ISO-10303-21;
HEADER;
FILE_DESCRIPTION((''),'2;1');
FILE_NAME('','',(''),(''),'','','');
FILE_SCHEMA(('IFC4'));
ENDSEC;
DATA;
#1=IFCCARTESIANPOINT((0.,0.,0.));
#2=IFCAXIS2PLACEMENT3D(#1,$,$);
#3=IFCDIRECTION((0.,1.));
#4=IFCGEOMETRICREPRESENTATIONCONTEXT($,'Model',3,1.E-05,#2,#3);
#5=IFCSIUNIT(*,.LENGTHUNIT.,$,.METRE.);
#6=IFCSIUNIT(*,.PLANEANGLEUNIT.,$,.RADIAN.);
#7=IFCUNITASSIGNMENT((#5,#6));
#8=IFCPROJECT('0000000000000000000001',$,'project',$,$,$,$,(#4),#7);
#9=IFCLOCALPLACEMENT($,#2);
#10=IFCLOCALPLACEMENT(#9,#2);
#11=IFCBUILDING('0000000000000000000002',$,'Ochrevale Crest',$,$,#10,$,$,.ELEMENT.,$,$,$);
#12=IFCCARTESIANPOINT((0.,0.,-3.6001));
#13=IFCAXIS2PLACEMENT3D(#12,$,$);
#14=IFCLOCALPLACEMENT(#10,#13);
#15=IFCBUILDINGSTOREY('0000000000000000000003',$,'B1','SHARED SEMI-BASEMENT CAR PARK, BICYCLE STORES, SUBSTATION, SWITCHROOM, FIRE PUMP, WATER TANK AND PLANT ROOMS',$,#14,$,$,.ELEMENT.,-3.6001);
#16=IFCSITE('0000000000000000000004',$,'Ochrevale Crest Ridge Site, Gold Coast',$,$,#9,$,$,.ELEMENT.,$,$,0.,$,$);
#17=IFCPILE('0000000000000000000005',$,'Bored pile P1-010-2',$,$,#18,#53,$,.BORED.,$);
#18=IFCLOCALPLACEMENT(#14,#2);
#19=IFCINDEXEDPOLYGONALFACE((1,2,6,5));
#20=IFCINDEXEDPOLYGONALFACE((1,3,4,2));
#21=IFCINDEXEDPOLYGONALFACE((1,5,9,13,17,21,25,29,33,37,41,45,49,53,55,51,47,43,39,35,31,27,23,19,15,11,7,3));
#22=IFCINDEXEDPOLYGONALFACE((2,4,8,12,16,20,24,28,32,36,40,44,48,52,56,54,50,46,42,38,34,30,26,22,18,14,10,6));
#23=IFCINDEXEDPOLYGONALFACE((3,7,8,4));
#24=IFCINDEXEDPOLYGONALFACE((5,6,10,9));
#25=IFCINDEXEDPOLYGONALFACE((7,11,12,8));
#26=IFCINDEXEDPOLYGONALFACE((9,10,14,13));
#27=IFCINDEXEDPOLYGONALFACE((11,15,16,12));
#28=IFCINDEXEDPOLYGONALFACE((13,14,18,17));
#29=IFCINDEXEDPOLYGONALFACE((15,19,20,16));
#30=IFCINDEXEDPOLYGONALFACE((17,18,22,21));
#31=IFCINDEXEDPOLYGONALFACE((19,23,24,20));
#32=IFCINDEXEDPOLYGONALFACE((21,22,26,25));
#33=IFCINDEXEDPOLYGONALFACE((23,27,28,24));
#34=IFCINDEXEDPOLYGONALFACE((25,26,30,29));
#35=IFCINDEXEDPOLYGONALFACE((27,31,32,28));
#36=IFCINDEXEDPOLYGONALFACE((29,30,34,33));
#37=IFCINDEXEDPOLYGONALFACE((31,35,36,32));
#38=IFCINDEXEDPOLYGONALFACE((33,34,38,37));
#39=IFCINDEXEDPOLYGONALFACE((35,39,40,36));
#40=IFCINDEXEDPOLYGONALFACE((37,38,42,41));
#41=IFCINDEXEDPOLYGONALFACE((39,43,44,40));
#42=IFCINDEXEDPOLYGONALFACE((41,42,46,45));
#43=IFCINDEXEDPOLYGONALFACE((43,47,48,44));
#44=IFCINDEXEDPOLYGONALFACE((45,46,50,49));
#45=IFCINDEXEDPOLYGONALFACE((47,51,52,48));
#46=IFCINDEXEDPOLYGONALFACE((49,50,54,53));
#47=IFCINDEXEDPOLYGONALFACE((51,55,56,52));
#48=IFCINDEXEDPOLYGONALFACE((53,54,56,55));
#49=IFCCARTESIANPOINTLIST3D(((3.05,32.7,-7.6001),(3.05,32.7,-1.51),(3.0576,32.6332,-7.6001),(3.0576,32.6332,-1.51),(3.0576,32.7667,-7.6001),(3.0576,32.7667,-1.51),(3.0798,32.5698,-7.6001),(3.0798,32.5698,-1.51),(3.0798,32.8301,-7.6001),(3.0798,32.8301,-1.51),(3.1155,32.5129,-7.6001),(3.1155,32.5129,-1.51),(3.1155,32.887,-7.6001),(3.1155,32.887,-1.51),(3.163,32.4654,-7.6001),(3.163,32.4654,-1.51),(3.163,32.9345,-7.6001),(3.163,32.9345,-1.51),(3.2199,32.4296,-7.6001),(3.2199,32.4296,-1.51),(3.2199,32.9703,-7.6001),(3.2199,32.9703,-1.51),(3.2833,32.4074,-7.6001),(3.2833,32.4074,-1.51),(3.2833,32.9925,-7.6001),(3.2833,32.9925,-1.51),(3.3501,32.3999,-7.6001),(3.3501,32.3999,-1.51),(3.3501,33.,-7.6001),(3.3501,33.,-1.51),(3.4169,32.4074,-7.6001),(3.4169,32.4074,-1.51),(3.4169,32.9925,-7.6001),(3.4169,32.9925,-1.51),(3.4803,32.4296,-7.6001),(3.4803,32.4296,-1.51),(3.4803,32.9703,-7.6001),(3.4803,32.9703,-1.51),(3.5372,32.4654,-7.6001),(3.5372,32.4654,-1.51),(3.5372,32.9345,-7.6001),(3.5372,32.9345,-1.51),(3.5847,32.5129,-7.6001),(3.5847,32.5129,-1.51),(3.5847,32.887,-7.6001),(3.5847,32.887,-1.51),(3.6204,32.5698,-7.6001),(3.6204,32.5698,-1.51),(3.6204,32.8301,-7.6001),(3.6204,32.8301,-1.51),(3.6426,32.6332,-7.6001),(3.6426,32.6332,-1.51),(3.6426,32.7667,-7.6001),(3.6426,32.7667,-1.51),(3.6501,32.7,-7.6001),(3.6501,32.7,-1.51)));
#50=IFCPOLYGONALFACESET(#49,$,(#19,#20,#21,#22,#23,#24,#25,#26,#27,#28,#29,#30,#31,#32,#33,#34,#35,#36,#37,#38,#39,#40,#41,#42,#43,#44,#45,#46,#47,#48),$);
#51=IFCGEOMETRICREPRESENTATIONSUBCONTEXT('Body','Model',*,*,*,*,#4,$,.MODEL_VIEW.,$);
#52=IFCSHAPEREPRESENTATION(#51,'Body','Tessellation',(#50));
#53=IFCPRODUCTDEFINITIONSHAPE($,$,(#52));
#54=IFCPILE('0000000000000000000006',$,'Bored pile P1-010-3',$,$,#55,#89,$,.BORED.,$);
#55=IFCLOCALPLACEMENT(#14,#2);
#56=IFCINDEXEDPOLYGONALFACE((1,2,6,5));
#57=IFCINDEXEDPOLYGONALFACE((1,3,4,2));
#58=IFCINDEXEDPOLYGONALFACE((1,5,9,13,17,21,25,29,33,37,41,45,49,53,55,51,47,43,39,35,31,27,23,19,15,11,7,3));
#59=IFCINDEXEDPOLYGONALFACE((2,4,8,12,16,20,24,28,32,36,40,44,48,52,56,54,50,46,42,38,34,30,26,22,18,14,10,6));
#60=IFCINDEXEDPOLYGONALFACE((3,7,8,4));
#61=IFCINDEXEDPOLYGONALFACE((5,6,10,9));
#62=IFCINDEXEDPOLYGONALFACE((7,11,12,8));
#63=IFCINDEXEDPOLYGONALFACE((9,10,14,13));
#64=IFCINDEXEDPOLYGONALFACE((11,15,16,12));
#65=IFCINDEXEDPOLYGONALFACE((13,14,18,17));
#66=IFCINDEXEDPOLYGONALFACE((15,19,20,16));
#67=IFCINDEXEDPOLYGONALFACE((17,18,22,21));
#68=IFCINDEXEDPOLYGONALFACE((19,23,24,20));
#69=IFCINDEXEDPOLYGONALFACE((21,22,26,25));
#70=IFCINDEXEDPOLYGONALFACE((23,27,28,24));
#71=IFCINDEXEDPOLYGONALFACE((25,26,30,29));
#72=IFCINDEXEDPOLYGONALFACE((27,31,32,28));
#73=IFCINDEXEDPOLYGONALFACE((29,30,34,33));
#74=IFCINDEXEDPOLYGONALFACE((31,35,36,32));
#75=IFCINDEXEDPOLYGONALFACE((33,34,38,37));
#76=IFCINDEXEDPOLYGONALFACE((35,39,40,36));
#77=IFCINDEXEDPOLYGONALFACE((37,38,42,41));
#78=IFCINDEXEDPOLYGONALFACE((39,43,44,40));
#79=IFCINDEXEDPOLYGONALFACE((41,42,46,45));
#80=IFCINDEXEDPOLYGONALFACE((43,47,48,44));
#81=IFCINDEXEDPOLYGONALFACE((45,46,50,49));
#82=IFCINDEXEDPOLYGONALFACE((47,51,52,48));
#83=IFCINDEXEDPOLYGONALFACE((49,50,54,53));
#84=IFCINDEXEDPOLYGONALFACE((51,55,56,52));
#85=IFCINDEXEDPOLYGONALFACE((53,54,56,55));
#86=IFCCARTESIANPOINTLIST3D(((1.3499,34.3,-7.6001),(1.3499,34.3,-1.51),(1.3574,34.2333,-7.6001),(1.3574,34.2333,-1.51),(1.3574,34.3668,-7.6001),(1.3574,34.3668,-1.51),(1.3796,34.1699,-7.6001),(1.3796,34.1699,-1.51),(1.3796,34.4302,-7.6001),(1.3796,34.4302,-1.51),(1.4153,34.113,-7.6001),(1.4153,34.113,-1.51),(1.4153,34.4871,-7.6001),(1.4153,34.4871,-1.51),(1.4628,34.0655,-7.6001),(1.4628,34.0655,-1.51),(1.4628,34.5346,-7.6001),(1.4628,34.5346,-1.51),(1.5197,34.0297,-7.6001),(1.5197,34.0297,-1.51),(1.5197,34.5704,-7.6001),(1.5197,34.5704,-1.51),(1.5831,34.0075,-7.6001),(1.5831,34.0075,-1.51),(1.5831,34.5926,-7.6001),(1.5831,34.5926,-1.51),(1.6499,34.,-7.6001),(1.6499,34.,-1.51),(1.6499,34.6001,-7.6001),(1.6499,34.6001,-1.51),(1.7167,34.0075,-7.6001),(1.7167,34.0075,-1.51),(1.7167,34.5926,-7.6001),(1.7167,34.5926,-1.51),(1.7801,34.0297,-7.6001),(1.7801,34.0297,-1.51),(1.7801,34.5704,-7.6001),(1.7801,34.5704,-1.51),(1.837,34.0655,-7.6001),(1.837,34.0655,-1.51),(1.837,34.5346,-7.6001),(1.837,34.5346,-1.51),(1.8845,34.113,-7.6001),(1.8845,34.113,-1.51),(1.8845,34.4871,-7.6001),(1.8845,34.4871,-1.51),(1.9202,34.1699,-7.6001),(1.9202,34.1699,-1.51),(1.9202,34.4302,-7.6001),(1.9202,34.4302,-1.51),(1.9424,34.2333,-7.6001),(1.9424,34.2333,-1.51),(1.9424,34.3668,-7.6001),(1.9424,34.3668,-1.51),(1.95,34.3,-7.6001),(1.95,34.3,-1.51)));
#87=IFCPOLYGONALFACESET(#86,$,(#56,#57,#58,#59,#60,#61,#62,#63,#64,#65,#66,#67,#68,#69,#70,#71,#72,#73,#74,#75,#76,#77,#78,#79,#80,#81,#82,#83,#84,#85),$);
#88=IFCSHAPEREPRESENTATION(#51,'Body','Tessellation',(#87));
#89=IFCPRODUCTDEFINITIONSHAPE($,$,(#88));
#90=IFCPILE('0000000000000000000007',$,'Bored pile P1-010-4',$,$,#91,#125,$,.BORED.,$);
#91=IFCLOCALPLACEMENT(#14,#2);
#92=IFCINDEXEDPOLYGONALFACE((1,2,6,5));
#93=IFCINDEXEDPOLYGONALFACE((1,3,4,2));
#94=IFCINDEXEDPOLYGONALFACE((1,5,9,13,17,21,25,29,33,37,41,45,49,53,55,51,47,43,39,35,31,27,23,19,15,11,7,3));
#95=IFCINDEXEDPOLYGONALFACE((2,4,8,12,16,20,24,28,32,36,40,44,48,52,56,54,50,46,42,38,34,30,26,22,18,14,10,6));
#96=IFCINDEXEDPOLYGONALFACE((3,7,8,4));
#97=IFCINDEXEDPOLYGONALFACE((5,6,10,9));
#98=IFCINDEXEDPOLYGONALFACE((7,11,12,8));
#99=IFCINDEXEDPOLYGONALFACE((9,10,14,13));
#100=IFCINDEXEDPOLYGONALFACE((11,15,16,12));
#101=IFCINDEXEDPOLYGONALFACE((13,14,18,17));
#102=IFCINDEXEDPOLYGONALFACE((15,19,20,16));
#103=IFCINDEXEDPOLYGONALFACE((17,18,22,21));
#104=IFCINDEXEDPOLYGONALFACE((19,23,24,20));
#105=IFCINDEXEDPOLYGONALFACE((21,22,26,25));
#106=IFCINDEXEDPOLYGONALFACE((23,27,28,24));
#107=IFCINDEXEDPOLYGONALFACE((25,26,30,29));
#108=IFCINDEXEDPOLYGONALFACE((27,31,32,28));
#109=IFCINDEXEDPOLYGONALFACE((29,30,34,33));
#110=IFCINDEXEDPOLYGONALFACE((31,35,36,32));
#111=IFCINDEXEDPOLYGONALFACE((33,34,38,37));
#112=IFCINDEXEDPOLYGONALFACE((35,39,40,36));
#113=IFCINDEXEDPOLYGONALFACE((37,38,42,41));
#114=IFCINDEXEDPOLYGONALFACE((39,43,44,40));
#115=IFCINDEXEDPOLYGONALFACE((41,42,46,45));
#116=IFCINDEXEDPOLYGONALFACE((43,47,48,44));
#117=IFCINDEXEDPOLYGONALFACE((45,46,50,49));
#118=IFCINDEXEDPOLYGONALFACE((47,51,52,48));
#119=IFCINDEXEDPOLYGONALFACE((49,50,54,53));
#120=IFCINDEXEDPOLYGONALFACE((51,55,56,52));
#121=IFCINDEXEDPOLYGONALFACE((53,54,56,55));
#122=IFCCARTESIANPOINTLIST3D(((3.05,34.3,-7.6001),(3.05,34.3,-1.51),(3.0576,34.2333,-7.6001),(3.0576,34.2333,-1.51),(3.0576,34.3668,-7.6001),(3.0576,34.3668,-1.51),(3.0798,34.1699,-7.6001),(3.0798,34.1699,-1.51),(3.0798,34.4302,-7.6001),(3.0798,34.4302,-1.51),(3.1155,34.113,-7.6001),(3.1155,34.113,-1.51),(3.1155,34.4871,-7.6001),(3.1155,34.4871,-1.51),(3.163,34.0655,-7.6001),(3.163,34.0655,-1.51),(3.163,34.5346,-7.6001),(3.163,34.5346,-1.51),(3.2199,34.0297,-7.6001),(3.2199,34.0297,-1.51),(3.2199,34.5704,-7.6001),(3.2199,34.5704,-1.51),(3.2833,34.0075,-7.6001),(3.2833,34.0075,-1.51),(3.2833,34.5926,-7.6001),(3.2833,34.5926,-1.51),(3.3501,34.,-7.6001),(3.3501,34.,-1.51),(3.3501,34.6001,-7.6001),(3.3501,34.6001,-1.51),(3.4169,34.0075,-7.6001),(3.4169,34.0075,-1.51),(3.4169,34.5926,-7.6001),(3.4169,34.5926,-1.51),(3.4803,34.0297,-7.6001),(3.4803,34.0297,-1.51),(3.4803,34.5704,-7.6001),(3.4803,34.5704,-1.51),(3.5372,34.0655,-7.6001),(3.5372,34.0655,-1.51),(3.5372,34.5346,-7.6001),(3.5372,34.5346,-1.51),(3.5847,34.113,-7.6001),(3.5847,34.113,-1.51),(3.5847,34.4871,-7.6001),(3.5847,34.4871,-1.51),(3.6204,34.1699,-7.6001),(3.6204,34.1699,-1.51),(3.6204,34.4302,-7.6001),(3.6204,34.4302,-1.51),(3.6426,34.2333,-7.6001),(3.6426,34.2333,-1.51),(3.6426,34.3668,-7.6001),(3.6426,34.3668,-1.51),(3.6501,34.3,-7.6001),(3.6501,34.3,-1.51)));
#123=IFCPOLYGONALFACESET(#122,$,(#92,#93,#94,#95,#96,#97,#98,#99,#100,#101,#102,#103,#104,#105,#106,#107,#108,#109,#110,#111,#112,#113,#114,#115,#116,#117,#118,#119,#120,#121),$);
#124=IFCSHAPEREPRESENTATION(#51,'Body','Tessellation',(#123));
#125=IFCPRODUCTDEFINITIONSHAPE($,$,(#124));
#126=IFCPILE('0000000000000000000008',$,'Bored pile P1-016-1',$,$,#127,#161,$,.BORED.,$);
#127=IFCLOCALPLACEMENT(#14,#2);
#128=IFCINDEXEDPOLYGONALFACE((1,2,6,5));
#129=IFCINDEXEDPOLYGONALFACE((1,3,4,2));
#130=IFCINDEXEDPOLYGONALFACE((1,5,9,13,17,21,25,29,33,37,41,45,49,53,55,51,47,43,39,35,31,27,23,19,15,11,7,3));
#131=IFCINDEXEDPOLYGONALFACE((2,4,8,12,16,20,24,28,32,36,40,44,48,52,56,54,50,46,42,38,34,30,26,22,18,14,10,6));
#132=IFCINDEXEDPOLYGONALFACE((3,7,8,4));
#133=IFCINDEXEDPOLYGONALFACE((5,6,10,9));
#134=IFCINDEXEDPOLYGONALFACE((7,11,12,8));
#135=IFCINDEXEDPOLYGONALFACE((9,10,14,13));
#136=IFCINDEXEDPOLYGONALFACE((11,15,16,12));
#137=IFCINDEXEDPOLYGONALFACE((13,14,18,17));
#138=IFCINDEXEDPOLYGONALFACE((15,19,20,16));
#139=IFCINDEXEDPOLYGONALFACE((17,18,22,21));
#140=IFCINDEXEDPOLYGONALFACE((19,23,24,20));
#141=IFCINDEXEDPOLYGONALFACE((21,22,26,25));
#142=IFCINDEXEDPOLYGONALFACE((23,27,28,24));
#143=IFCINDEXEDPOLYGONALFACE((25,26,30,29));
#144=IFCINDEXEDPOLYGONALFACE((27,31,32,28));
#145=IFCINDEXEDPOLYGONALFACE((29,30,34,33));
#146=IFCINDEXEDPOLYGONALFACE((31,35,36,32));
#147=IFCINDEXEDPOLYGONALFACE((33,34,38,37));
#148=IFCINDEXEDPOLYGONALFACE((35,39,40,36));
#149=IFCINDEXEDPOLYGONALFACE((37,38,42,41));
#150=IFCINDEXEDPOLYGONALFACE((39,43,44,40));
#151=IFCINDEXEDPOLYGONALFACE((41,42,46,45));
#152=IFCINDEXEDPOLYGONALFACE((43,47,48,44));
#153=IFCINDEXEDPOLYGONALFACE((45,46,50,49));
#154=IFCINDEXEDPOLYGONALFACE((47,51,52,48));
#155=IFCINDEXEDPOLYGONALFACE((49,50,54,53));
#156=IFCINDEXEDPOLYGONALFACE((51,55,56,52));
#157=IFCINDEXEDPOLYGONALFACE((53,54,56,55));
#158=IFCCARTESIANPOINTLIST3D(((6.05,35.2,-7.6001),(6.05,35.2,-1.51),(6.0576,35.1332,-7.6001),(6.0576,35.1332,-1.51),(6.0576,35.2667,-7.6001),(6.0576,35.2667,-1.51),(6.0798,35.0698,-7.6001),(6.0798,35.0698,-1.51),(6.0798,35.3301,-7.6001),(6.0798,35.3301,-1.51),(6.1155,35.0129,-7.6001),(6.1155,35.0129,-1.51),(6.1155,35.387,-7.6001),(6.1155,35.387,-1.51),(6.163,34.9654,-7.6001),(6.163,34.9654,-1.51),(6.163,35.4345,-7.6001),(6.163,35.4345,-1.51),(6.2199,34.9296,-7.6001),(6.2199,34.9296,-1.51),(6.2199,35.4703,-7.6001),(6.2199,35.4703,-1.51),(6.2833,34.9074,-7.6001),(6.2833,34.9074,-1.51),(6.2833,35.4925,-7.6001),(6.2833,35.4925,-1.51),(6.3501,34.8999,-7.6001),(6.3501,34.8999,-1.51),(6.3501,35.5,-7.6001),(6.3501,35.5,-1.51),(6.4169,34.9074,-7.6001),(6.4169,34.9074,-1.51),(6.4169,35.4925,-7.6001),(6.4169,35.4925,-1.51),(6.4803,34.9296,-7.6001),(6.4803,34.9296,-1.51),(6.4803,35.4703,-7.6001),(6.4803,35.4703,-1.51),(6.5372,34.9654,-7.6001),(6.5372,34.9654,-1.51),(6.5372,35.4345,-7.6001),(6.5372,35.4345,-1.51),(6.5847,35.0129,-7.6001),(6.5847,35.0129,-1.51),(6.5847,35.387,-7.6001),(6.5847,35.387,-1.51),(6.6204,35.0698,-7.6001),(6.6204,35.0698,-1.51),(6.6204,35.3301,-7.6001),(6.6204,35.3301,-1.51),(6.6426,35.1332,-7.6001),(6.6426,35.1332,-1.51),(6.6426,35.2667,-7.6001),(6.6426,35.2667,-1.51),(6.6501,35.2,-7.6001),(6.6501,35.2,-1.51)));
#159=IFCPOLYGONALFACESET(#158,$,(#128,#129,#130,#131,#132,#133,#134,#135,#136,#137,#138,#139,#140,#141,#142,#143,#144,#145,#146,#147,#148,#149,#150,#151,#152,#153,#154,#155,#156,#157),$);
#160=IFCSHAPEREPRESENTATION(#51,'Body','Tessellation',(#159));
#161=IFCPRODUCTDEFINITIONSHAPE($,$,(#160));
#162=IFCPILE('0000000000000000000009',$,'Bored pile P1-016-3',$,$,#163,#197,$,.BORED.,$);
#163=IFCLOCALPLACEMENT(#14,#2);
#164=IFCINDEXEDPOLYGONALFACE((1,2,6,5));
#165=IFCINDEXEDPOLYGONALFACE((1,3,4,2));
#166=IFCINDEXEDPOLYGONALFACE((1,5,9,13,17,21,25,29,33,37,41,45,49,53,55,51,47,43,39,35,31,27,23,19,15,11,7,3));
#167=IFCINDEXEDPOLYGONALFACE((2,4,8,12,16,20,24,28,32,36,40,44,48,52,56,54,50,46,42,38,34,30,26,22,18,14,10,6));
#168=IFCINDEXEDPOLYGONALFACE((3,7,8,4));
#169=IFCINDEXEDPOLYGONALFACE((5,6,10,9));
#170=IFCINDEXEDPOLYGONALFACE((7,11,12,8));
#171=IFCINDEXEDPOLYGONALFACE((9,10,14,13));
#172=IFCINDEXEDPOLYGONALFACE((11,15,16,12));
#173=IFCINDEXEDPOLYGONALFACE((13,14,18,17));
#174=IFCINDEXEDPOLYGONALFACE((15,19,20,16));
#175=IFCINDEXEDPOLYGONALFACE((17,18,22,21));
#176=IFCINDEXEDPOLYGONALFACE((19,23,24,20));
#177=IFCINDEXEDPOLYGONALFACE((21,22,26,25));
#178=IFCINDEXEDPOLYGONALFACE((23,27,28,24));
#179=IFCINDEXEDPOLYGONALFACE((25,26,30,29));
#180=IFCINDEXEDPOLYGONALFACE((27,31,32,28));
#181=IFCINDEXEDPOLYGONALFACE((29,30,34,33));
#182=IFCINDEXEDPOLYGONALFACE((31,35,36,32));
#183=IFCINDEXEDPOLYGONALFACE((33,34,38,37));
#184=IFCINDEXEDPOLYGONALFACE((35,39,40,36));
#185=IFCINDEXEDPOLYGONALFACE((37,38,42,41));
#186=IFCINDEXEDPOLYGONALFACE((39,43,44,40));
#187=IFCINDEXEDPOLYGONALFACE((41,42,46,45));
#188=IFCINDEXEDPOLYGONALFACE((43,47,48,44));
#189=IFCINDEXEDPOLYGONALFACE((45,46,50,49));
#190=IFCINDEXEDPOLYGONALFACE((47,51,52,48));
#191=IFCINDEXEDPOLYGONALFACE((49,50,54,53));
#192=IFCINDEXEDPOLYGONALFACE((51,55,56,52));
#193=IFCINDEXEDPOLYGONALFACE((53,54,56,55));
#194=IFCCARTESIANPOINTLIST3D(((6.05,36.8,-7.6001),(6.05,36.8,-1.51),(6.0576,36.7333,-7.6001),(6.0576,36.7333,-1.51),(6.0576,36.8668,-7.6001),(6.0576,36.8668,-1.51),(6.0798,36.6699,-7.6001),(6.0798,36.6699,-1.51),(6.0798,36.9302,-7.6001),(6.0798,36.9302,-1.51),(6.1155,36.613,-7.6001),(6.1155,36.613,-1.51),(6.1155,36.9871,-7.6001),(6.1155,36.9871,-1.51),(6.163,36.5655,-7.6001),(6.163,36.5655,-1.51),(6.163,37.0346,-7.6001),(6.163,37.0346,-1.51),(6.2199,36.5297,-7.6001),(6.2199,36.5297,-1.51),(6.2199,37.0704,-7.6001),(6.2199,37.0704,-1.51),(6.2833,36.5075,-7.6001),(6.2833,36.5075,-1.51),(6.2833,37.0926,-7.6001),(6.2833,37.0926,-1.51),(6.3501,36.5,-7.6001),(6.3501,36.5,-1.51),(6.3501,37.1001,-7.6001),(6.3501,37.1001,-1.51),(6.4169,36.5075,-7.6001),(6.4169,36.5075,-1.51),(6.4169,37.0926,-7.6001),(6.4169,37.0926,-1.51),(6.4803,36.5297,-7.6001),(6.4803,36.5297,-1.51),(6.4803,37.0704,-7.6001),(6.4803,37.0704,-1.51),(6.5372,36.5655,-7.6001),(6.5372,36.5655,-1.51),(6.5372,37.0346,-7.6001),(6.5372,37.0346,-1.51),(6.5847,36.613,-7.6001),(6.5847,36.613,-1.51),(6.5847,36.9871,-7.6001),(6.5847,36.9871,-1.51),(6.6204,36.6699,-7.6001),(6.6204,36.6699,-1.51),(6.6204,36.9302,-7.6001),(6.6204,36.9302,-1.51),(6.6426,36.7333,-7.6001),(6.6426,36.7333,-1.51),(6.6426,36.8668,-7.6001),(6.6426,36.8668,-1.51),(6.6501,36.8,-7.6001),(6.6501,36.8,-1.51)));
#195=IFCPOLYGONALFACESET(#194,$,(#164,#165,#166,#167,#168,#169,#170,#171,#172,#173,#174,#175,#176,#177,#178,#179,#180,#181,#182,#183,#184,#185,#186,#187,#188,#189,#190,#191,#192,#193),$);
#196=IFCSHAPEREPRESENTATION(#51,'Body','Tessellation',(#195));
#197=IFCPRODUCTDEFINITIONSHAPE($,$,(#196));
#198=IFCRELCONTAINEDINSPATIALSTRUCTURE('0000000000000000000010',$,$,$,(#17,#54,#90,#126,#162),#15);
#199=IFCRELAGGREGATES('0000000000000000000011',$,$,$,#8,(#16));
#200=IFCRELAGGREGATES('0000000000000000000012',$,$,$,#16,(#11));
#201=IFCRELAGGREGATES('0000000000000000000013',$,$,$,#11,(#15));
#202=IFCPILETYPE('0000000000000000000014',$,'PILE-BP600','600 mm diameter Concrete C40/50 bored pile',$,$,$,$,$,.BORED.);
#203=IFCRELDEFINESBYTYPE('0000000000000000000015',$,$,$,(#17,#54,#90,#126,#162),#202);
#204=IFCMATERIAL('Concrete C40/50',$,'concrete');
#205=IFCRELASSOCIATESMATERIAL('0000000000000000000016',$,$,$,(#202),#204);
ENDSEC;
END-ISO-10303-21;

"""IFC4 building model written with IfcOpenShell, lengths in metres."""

from ifc_helpers import new_model, si_unit, direction, frame, origin, origin_2d, place, context, subcontext, project, spatial, circle, extrude, material, material_profile, profile_set, type_object, element, save


model = new_model("IFC4")

# Units and contexts
model_context = context("Model", 3, precision=1e-05, world=origin(), true_north=direction((0.0, 1.0)))
body_context = subcontext(model_context, "Body", "Model", "MODEL_VIEW")
ifc_project = project(units=[si_unit("LENGTHUNIT", "METRE"), si_unit("PLANEANGLEUNIT", "RADIAN")], contexts=[model_context])

# Site, building, storey
site_placement = place(None, origin())
site = spatial("IfcSite", under=ifc_project, at=site_placement, Name="Ochrevale Crest Ridge Site, Gold Coast", CompositionType="ELEMENT", RefElevation=0.0)
building_placement = place(site_placement, origin())
building = spatial("IfcBuilding", under=site, at=building_placement, Name="Ochrevale Crest", CompositionType="ELEMENT")
storey_placement = place(building_placement, frame((0.0, 0.0, -3.6001)))
storey = spatial("IfcBuildingStorey", under=building, at=storey_placement, Name="B1", Description="SHARED SEMI-BASEMENT CAR PARK, BICYCLE STORES, SUBSTATION, SWITCHROOM, FIRE PUMP, WATER TANK AND PLANT ROOMS", CompositionType="ELEMENT", Elevation=-3.6001)

# Shared definitions
ifc_material_1 = material(Name="Concrete C40/50", Category="concrete")

# Piles
ifc_material_profile_1 = material_profile(ifc_material_1, circle(Radius=0.3, at=origin_2d()), Name="BORED PILE 600")
ifc_profile_set_1 = profile_set([ifc_material_profile_1], Name="Concrete C40/50")
pile_type_1 = type_object("IfcPileType", Name="PILE-BP600", Description="600 mm diameter Concrete C40/50 bored pile", PredefinedType="BORED", material=ifc_profile_set_1)
for number, where, z_axis, x_axis, name in (
    (1, (3.3501, 32.7, -1.51), (0.0, 0.0, -1.0), (1.0, 0.0, 0.0), "Bored pile P1-010-2"),
    (2, (1.6499, 34.3, -1.51), (0.0, 0.0, -1.0), (1.0, 0.0, 0.0), "Bored pile P1-010-3"),
    (3, (3.3501, 34.3, -1.51), (0.0, 0.0, -1.0), (1.0, 0.0, 0.0), "Bored pile P1-010-4"),
    (4, (6.3501, 35.2, -1.51), (0.0, 0.0, -1.0), (1.0, 0.0, 0.0), "Bored pile P1-016-1"),
    (5, (6.3501, 36.8, -1.51), (0.0, 0.0, -1.0), (1.0, 0.0, 0.0), "Bored pile P1-016-3"),
):
    element("IfcPile", number, at=place(storey_placement, frame(where, z_axis=z_axis, x_axis=x_axis)), inside=storey, type_object=pile_type_1, Name=name, PredefinedType="BORED", context=body_context, shape_type="SweptSolid", body=[
        extrude(circle(Radius=0.3, at=origin_2d()), origin(), (0.0, 0.0, 1.0), 6.0901),
    ])

save(model, "model.ifc")
